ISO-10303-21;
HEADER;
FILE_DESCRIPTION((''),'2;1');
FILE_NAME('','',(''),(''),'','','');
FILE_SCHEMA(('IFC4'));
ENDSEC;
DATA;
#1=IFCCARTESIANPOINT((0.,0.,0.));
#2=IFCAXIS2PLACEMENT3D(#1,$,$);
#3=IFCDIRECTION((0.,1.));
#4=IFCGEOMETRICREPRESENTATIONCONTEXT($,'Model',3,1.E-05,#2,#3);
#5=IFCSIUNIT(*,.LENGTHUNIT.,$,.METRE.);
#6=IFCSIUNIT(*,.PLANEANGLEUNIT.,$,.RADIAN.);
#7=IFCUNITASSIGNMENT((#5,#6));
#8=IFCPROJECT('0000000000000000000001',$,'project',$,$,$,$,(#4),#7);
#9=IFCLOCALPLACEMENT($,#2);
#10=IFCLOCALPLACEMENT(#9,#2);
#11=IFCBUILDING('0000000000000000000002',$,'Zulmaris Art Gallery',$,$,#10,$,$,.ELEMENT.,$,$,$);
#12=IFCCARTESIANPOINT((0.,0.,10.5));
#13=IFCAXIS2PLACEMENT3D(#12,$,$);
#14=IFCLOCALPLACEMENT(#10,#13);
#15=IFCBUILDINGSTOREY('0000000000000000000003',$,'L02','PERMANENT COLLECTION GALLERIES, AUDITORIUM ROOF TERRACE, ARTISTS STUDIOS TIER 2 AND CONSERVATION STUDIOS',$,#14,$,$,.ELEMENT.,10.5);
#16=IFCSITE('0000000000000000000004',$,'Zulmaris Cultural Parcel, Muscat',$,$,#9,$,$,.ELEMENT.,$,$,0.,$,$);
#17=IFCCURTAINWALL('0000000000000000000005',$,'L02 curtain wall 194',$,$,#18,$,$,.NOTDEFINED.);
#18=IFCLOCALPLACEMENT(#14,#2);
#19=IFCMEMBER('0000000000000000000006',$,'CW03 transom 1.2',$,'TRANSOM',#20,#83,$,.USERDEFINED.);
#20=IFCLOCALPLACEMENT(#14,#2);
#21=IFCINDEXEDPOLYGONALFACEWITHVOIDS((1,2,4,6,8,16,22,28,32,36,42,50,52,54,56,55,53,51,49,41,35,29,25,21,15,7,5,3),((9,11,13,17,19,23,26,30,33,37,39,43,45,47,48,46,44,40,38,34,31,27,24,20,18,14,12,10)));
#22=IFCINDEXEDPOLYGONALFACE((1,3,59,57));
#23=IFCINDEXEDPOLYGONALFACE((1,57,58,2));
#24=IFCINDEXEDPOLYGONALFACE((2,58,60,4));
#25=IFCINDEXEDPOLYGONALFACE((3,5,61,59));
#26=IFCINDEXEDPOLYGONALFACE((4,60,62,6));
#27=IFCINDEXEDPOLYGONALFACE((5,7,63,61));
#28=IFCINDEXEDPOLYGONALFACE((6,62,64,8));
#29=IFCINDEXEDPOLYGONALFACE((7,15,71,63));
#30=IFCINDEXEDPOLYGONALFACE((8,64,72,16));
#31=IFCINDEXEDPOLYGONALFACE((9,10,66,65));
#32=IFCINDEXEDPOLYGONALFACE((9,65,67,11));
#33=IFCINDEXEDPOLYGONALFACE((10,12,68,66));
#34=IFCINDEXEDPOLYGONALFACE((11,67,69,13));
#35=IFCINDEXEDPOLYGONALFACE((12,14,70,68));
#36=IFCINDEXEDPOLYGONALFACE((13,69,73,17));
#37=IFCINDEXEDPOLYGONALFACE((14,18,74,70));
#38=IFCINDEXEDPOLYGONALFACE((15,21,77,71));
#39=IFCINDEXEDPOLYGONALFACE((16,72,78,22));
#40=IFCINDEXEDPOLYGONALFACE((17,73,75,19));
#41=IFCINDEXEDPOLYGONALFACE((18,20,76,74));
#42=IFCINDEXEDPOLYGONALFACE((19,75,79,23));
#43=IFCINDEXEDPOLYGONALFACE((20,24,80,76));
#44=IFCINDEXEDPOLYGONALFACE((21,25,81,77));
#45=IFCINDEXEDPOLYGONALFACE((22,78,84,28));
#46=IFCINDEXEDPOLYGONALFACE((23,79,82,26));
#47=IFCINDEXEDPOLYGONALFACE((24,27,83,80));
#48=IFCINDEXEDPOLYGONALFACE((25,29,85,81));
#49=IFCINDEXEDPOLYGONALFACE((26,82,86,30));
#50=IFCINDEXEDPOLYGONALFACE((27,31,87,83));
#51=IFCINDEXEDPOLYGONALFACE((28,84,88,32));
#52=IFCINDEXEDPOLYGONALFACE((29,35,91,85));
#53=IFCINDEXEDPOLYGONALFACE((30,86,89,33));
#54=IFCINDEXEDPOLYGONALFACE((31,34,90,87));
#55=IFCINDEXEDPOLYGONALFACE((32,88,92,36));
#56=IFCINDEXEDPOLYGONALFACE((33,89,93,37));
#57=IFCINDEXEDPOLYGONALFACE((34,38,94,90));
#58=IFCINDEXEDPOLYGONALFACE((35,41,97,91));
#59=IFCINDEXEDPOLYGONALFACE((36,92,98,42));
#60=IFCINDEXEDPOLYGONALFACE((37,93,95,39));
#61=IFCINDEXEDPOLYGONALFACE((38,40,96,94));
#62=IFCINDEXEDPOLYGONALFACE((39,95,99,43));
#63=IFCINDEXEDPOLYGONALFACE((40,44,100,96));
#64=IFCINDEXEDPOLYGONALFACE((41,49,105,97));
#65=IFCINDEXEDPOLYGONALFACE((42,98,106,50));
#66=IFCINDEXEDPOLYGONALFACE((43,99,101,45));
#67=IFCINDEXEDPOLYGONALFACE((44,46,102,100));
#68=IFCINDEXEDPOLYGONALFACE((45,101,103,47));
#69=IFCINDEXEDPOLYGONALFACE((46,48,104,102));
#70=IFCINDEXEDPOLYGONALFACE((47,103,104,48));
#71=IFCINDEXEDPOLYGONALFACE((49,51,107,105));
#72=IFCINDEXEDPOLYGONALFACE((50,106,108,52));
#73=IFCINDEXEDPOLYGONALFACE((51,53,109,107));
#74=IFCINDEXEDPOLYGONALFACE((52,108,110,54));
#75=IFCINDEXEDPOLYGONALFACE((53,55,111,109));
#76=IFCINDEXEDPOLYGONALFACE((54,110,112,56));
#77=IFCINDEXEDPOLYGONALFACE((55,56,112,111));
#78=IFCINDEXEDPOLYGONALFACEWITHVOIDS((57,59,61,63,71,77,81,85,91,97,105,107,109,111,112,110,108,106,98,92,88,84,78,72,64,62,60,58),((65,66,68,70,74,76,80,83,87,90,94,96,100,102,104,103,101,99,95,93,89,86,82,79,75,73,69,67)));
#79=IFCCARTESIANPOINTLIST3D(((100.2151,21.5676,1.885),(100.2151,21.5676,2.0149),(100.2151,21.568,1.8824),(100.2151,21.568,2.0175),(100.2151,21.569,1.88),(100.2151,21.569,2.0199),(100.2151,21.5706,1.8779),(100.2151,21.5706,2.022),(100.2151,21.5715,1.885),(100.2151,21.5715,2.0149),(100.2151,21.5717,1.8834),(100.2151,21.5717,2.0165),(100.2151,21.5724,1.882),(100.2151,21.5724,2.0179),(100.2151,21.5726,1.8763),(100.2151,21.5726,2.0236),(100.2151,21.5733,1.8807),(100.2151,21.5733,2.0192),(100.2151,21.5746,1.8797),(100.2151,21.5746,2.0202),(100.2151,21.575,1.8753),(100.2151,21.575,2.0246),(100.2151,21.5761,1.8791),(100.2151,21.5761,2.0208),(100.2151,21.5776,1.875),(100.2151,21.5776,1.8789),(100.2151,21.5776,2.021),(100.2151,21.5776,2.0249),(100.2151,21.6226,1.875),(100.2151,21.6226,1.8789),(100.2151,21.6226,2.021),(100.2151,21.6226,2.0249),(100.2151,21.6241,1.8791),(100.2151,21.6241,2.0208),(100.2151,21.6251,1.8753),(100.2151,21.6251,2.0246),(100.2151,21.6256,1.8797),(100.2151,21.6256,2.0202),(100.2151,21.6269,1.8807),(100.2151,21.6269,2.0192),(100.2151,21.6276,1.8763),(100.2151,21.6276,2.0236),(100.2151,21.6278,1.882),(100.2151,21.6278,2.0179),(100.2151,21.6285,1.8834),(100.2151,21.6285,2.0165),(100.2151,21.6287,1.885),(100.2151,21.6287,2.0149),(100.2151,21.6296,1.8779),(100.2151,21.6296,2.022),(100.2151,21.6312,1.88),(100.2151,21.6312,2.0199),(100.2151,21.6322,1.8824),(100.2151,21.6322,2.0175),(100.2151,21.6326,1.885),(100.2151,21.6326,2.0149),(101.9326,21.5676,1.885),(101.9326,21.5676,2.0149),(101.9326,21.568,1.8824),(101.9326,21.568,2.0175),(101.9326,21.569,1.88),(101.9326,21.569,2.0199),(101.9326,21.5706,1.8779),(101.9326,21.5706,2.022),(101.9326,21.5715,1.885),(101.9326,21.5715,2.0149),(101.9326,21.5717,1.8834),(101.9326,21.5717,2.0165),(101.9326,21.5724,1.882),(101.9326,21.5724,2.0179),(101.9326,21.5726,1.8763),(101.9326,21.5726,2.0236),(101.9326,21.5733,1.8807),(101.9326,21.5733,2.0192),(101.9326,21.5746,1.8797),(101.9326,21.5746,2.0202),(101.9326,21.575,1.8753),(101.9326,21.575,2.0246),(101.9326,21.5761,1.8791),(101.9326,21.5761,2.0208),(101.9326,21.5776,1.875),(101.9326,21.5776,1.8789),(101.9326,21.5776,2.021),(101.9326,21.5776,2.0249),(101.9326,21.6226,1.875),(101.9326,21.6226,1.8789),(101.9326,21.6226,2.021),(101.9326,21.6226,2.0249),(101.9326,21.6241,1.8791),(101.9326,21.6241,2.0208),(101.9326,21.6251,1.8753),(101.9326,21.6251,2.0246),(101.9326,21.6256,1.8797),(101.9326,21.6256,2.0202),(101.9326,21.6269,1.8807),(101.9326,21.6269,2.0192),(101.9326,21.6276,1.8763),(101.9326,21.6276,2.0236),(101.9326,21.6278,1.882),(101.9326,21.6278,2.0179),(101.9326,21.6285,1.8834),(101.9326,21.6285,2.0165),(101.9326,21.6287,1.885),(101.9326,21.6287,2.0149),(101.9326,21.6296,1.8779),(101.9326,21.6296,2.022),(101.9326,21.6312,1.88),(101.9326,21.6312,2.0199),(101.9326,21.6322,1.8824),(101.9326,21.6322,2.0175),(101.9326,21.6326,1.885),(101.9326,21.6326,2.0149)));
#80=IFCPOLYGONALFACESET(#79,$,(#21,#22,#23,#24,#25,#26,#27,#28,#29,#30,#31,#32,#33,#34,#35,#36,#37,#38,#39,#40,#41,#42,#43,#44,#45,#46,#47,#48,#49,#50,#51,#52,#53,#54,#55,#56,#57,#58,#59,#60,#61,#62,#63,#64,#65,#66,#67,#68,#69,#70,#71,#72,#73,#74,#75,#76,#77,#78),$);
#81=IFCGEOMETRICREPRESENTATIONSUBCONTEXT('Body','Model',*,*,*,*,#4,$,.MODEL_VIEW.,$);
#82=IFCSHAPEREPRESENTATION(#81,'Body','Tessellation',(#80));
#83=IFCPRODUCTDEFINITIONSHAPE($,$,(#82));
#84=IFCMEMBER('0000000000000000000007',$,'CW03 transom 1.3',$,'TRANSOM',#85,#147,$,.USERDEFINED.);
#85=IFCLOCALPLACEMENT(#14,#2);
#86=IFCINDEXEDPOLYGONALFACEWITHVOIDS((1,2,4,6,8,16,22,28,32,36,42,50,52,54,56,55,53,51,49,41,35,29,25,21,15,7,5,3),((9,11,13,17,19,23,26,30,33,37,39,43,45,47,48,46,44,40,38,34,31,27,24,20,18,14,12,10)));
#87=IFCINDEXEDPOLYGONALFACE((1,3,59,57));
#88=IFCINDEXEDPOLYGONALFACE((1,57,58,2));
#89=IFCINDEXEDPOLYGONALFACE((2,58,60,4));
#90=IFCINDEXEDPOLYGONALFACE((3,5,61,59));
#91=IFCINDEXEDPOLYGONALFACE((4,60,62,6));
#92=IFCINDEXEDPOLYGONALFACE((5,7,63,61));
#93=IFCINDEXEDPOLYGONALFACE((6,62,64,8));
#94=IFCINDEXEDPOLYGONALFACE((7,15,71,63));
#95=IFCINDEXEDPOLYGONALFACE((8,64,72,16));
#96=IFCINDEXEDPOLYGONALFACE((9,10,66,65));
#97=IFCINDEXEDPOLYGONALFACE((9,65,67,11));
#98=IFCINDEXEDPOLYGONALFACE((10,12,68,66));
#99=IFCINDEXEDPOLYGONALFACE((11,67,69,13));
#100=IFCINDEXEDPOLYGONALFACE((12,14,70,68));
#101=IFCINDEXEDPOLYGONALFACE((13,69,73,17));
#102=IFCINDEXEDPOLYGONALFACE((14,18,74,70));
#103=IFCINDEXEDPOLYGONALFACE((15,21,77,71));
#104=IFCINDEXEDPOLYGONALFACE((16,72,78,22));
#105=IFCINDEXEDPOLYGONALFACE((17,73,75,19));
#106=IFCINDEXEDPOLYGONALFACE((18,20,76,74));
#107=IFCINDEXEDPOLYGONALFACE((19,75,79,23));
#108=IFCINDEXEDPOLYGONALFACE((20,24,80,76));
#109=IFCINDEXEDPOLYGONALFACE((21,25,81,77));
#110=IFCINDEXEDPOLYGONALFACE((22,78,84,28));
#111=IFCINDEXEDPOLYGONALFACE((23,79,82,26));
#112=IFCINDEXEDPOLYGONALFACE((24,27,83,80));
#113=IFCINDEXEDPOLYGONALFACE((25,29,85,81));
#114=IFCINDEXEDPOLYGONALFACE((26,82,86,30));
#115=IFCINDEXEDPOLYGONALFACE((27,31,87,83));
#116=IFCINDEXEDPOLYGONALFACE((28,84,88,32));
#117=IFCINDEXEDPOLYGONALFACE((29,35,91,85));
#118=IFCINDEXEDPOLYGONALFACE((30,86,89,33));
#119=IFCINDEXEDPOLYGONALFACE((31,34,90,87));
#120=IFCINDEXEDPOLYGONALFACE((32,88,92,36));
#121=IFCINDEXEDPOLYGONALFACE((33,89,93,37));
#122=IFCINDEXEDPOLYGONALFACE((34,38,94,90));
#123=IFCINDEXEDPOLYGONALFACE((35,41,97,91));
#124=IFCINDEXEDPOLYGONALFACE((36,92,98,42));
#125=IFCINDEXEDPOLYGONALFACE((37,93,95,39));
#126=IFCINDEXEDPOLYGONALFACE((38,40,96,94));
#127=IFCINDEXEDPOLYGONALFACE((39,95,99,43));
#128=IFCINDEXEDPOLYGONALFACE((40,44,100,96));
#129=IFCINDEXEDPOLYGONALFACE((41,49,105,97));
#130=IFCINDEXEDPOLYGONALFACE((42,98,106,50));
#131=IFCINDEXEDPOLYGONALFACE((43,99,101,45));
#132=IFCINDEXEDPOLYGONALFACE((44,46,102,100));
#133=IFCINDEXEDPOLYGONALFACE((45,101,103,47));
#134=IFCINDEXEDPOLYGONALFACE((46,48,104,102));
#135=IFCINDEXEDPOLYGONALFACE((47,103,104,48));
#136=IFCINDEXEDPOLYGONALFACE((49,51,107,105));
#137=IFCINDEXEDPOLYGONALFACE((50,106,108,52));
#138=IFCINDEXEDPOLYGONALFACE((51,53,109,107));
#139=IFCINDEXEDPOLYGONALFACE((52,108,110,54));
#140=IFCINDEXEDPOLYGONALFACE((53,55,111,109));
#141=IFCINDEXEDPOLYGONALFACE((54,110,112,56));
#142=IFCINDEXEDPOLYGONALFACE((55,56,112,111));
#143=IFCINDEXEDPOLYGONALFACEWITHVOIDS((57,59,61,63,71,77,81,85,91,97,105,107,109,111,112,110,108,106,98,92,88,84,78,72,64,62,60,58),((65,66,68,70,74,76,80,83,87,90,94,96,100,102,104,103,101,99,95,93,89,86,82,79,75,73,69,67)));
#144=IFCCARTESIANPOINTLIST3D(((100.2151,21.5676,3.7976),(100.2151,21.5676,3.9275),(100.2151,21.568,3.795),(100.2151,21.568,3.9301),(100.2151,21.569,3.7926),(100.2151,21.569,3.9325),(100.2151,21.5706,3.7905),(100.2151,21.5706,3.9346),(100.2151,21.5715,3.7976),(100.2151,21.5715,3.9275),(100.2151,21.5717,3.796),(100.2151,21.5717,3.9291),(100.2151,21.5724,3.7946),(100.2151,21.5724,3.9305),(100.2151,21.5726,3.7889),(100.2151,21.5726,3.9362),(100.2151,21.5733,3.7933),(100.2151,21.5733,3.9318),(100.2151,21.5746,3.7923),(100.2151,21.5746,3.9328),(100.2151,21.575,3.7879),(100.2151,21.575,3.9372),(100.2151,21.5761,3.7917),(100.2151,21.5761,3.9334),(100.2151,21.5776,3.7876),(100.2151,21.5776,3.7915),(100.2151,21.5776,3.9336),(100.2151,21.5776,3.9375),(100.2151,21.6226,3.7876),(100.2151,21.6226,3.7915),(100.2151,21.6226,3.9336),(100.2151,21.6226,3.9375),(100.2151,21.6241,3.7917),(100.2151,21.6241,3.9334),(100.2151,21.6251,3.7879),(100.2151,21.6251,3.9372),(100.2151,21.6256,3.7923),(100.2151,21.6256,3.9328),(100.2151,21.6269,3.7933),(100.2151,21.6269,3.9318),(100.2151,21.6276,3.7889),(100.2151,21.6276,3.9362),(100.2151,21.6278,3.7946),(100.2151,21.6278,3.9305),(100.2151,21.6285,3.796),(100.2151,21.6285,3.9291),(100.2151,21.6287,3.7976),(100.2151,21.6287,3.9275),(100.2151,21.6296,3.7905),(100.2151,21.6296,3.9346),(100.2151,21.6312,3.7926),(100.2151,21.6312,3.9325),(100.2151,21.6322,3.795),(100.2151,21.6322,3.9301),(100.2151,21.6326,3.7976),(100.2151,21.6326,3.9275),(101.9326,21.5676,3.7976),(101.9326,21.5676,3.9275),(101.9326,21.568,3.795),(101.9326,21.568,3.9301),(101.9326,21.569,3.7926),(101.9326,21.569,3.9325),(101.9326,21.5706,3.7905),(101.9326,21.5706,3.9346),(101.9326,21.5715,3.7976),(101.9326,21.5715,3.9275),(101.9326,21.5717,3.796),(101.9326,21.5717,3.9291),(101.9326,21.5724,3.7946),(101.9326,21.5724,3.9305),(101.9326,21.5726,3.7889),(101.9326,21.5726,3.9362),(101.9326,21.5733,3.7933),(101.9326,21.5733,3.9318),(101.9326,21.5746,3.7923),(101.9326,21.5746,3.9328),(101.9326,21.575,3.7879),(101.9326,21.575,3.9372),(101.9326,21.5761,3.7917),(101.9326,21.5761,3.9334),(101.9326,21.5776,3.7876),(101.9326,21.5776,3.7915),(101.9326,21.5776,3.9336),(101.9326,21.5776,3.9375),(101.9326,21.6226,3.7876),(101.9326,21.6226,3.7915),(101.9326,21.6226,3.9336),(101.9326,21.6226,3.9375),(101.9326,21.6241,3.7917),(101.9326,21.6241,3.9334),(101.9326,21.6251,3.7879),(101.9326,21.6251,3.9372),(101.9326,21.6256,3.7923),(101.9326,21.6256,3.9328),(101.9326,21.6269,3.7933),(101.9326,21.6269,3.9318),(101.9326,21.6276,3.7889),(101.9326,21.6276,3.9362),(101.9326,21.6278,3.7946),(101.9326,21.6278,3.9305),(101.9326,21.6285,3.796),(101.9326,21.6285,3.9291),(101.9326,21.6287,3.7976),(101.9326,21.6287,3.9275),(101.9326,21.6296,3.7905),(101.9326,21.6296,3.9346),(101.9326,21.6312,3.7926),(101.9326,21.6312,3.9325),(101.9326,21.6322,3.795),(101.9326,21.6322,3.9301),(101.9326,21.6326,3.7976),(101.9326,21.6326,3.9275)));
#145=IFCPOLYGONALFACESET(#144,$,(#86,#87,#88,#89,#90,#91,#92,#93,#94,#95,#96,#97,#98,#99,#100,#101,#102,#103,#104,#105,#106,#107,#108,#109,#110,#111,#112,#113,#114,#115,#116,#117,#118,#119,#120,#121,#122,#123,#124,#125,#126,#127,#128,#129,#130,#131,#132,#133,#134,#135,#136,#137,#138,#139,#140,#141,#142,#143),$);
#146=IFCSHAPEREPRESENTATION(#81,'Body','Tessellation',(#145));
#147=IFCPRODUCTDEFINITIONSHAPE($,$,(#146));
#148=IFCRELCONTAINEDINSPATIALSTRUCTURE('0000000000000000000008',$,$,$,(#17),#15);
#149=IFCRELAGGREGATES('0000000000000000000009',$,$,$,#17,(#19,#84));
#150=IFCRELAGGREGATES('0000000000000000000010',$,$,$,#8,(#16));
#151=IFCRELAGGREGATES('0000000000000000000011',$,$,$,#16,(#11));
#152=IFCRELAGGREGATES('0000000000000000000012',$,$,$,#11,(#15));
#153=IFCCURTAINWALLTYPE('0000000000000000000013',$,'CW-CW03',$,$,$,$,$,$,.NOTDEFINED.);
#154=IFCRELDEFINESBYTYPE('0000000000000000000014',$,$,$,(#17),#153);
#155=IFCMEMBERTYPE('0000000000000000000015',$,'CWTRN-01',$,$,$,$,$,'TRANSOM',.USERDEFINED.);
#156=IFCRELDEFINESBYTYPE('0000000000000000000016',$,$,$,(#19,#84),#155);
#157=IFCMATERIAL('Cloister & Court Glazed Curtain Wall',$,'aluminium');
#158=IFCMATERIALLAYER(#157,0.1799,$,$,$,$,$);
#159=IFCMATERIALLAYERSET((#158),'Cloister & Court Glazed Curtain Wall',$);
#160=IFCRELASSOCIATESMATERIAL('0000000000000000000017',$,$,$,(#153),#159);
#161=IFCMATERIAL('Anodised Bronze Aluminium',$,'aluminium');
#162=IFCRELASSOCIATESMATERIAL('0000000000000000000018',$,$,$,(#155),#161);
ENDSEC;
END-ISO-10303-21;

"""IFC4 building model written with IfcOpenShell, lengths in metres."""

from ifc_helpers import new_model, si_unit, direction, frame, origin, origin_2d, place, context, subcontext, project, spatial, hollow_rectangle, extrude, material, layer, layer_set, material_profile, profile_set, type_object, element, aggregate, save


model = new_model("IFC4")

# Units and contexts
model_context = context("Model", 3, precision=1e-05, world=origin(), true_north=direction((0.0, 1.0)))
body_context = subcontext(model_context, "Body", "Model", "MODEL_VIEW")
ifc_project = project(units=[si_unit("LENGTHUNIT", "METRE"), si_unit("PLANEANGLEUNIT", "RADIAN")], contexts=[model_context])

# Site, building, storey
site_placement = place(None, origin())
site = spatial("IfcSite", under=ifc_project, at=site_placement, Name="Zulmaris Cultural Parcel, Muscat", CompositionType="ELEMENT", RefElevation=0.0)
building_placement = place(site_placement, origin())
building = spatial("IfcBuilding", under=site, at=building_placement, Name="Zulmaris Art Gallery", CompositionType="ELEMENT")
storey_placement = place(building_placement, frame((0.0, 0.0, 10.5)))
storey = spatial("IfcBuildingStorey", under=building, at=storey_placement, Name="L02", Description="PERMANENT COLLECTION GALLERIES, AUDITORIUM ROOF TERRACE, ARTISTS STUDIOS TIER 2 AND CONSERVATION STUDIOS", CompositionType="ELEMENT", Elevation=10.5)

# Shared definitions
ifc_material_1 = material(Name="Cloister & Court Glazed Curtain Wall", Category="aluminium")
ifc_layer_1 = layer(ifc_material_1, 0.1799)
ifc_layer_set_1 = layer_set([ifc_layer_1], Name="Cloister & Court Glazed Curtain Wall")
curtain_wall_type = type_object("IfcCurtainWallType", Name="CW-CW03", PredefinedType="NOTDEFINED", material=ifc_layer_set_1)
ifc_material_2 = material(Name="Anodised Bronze Aluminium", Category="aluminium")

# Curtain wall, members
curtain_wall_1_placement = place(storey_placement, origin())
curtain_wall_1 = element("IfcCurtainWall", 1, at=curtain_wall_1_placement, inside=storey, type_object=curtain_wall_type, Name="L02 curtain wall 194", PredefinedType="NOTDEFINED")
ifc_material_profile_1 = material_profile(ifc_material_2, hollow_rectangle(XDim=0.0649, YDim=0.1499, WallThickness=0.0039, InnerFilletRadius=0.0061, OuterFilletRadius=0.01, at=origin_2d()), Name="ALU 65x150x4")
ifc_profile_set_1 = profile_set([ifc_material_profile_1], Name="Anodised Bronze Aluminium")
member_type_1 = type_object("IfcMemberType", Name="CWTRN-01", ElementType="TRANSOM", PredefinedType="USERDEFINED", material=ifc_profile_set_1)
member_1_placement = place(storey_placement, frame((100.2151, 21.6001, 1.95), z_axis=(1.0, 0.0, 0.0), x_axis=(0.0, 1.0, 0.0)))
member_1 = element("IfcMember", 2, at=member_1_placement, type_object=member_type_1, Name="CW03 transom 1.2", ObjectType="TRANSOM", PredefinedType="USERDEFINED", context=body_context, shape_type="SweptSolid", body=[
    extrude(hollow_rectangle(XDim=0.0649, YDim=0.1499, WallThickness=0.0039, InnerFilletRadius=0.0061, OuterFilletRadius=0.01, at=origin_2d()), origin(), (0.0, 0.0, 1.0), 1.7175),
])
member_2_placement = place(storey_placement, frame((100.2151, 21.6001, 3.8625), z_axis=(1.0, 0.0, 0.0), x_axis=(0.0, 1.0, 0.0)))
member_2 = element("IfcMember", 3, at=member_2_placement, type_object=member_type_1, Name="CW03 transom 1.3", ObjectType="TRANSOM", PredefinedType="USERDEFINED", context=body_context, shape_type="SweptSolid", body=[
    extrude(hollow_rectangle(XDim=0.0649, YDim=0.1499, WallThickness=0.0039, InnerFilletRadius=0.0061, OuterFilletRadius=0.01, at=origin_2d()), origin(), (0.0, 0.0, 1.0), 1.7175),
])
aggregate(curtain_wall_1, [member_1, member_2])

save(model, "model.ifc")
